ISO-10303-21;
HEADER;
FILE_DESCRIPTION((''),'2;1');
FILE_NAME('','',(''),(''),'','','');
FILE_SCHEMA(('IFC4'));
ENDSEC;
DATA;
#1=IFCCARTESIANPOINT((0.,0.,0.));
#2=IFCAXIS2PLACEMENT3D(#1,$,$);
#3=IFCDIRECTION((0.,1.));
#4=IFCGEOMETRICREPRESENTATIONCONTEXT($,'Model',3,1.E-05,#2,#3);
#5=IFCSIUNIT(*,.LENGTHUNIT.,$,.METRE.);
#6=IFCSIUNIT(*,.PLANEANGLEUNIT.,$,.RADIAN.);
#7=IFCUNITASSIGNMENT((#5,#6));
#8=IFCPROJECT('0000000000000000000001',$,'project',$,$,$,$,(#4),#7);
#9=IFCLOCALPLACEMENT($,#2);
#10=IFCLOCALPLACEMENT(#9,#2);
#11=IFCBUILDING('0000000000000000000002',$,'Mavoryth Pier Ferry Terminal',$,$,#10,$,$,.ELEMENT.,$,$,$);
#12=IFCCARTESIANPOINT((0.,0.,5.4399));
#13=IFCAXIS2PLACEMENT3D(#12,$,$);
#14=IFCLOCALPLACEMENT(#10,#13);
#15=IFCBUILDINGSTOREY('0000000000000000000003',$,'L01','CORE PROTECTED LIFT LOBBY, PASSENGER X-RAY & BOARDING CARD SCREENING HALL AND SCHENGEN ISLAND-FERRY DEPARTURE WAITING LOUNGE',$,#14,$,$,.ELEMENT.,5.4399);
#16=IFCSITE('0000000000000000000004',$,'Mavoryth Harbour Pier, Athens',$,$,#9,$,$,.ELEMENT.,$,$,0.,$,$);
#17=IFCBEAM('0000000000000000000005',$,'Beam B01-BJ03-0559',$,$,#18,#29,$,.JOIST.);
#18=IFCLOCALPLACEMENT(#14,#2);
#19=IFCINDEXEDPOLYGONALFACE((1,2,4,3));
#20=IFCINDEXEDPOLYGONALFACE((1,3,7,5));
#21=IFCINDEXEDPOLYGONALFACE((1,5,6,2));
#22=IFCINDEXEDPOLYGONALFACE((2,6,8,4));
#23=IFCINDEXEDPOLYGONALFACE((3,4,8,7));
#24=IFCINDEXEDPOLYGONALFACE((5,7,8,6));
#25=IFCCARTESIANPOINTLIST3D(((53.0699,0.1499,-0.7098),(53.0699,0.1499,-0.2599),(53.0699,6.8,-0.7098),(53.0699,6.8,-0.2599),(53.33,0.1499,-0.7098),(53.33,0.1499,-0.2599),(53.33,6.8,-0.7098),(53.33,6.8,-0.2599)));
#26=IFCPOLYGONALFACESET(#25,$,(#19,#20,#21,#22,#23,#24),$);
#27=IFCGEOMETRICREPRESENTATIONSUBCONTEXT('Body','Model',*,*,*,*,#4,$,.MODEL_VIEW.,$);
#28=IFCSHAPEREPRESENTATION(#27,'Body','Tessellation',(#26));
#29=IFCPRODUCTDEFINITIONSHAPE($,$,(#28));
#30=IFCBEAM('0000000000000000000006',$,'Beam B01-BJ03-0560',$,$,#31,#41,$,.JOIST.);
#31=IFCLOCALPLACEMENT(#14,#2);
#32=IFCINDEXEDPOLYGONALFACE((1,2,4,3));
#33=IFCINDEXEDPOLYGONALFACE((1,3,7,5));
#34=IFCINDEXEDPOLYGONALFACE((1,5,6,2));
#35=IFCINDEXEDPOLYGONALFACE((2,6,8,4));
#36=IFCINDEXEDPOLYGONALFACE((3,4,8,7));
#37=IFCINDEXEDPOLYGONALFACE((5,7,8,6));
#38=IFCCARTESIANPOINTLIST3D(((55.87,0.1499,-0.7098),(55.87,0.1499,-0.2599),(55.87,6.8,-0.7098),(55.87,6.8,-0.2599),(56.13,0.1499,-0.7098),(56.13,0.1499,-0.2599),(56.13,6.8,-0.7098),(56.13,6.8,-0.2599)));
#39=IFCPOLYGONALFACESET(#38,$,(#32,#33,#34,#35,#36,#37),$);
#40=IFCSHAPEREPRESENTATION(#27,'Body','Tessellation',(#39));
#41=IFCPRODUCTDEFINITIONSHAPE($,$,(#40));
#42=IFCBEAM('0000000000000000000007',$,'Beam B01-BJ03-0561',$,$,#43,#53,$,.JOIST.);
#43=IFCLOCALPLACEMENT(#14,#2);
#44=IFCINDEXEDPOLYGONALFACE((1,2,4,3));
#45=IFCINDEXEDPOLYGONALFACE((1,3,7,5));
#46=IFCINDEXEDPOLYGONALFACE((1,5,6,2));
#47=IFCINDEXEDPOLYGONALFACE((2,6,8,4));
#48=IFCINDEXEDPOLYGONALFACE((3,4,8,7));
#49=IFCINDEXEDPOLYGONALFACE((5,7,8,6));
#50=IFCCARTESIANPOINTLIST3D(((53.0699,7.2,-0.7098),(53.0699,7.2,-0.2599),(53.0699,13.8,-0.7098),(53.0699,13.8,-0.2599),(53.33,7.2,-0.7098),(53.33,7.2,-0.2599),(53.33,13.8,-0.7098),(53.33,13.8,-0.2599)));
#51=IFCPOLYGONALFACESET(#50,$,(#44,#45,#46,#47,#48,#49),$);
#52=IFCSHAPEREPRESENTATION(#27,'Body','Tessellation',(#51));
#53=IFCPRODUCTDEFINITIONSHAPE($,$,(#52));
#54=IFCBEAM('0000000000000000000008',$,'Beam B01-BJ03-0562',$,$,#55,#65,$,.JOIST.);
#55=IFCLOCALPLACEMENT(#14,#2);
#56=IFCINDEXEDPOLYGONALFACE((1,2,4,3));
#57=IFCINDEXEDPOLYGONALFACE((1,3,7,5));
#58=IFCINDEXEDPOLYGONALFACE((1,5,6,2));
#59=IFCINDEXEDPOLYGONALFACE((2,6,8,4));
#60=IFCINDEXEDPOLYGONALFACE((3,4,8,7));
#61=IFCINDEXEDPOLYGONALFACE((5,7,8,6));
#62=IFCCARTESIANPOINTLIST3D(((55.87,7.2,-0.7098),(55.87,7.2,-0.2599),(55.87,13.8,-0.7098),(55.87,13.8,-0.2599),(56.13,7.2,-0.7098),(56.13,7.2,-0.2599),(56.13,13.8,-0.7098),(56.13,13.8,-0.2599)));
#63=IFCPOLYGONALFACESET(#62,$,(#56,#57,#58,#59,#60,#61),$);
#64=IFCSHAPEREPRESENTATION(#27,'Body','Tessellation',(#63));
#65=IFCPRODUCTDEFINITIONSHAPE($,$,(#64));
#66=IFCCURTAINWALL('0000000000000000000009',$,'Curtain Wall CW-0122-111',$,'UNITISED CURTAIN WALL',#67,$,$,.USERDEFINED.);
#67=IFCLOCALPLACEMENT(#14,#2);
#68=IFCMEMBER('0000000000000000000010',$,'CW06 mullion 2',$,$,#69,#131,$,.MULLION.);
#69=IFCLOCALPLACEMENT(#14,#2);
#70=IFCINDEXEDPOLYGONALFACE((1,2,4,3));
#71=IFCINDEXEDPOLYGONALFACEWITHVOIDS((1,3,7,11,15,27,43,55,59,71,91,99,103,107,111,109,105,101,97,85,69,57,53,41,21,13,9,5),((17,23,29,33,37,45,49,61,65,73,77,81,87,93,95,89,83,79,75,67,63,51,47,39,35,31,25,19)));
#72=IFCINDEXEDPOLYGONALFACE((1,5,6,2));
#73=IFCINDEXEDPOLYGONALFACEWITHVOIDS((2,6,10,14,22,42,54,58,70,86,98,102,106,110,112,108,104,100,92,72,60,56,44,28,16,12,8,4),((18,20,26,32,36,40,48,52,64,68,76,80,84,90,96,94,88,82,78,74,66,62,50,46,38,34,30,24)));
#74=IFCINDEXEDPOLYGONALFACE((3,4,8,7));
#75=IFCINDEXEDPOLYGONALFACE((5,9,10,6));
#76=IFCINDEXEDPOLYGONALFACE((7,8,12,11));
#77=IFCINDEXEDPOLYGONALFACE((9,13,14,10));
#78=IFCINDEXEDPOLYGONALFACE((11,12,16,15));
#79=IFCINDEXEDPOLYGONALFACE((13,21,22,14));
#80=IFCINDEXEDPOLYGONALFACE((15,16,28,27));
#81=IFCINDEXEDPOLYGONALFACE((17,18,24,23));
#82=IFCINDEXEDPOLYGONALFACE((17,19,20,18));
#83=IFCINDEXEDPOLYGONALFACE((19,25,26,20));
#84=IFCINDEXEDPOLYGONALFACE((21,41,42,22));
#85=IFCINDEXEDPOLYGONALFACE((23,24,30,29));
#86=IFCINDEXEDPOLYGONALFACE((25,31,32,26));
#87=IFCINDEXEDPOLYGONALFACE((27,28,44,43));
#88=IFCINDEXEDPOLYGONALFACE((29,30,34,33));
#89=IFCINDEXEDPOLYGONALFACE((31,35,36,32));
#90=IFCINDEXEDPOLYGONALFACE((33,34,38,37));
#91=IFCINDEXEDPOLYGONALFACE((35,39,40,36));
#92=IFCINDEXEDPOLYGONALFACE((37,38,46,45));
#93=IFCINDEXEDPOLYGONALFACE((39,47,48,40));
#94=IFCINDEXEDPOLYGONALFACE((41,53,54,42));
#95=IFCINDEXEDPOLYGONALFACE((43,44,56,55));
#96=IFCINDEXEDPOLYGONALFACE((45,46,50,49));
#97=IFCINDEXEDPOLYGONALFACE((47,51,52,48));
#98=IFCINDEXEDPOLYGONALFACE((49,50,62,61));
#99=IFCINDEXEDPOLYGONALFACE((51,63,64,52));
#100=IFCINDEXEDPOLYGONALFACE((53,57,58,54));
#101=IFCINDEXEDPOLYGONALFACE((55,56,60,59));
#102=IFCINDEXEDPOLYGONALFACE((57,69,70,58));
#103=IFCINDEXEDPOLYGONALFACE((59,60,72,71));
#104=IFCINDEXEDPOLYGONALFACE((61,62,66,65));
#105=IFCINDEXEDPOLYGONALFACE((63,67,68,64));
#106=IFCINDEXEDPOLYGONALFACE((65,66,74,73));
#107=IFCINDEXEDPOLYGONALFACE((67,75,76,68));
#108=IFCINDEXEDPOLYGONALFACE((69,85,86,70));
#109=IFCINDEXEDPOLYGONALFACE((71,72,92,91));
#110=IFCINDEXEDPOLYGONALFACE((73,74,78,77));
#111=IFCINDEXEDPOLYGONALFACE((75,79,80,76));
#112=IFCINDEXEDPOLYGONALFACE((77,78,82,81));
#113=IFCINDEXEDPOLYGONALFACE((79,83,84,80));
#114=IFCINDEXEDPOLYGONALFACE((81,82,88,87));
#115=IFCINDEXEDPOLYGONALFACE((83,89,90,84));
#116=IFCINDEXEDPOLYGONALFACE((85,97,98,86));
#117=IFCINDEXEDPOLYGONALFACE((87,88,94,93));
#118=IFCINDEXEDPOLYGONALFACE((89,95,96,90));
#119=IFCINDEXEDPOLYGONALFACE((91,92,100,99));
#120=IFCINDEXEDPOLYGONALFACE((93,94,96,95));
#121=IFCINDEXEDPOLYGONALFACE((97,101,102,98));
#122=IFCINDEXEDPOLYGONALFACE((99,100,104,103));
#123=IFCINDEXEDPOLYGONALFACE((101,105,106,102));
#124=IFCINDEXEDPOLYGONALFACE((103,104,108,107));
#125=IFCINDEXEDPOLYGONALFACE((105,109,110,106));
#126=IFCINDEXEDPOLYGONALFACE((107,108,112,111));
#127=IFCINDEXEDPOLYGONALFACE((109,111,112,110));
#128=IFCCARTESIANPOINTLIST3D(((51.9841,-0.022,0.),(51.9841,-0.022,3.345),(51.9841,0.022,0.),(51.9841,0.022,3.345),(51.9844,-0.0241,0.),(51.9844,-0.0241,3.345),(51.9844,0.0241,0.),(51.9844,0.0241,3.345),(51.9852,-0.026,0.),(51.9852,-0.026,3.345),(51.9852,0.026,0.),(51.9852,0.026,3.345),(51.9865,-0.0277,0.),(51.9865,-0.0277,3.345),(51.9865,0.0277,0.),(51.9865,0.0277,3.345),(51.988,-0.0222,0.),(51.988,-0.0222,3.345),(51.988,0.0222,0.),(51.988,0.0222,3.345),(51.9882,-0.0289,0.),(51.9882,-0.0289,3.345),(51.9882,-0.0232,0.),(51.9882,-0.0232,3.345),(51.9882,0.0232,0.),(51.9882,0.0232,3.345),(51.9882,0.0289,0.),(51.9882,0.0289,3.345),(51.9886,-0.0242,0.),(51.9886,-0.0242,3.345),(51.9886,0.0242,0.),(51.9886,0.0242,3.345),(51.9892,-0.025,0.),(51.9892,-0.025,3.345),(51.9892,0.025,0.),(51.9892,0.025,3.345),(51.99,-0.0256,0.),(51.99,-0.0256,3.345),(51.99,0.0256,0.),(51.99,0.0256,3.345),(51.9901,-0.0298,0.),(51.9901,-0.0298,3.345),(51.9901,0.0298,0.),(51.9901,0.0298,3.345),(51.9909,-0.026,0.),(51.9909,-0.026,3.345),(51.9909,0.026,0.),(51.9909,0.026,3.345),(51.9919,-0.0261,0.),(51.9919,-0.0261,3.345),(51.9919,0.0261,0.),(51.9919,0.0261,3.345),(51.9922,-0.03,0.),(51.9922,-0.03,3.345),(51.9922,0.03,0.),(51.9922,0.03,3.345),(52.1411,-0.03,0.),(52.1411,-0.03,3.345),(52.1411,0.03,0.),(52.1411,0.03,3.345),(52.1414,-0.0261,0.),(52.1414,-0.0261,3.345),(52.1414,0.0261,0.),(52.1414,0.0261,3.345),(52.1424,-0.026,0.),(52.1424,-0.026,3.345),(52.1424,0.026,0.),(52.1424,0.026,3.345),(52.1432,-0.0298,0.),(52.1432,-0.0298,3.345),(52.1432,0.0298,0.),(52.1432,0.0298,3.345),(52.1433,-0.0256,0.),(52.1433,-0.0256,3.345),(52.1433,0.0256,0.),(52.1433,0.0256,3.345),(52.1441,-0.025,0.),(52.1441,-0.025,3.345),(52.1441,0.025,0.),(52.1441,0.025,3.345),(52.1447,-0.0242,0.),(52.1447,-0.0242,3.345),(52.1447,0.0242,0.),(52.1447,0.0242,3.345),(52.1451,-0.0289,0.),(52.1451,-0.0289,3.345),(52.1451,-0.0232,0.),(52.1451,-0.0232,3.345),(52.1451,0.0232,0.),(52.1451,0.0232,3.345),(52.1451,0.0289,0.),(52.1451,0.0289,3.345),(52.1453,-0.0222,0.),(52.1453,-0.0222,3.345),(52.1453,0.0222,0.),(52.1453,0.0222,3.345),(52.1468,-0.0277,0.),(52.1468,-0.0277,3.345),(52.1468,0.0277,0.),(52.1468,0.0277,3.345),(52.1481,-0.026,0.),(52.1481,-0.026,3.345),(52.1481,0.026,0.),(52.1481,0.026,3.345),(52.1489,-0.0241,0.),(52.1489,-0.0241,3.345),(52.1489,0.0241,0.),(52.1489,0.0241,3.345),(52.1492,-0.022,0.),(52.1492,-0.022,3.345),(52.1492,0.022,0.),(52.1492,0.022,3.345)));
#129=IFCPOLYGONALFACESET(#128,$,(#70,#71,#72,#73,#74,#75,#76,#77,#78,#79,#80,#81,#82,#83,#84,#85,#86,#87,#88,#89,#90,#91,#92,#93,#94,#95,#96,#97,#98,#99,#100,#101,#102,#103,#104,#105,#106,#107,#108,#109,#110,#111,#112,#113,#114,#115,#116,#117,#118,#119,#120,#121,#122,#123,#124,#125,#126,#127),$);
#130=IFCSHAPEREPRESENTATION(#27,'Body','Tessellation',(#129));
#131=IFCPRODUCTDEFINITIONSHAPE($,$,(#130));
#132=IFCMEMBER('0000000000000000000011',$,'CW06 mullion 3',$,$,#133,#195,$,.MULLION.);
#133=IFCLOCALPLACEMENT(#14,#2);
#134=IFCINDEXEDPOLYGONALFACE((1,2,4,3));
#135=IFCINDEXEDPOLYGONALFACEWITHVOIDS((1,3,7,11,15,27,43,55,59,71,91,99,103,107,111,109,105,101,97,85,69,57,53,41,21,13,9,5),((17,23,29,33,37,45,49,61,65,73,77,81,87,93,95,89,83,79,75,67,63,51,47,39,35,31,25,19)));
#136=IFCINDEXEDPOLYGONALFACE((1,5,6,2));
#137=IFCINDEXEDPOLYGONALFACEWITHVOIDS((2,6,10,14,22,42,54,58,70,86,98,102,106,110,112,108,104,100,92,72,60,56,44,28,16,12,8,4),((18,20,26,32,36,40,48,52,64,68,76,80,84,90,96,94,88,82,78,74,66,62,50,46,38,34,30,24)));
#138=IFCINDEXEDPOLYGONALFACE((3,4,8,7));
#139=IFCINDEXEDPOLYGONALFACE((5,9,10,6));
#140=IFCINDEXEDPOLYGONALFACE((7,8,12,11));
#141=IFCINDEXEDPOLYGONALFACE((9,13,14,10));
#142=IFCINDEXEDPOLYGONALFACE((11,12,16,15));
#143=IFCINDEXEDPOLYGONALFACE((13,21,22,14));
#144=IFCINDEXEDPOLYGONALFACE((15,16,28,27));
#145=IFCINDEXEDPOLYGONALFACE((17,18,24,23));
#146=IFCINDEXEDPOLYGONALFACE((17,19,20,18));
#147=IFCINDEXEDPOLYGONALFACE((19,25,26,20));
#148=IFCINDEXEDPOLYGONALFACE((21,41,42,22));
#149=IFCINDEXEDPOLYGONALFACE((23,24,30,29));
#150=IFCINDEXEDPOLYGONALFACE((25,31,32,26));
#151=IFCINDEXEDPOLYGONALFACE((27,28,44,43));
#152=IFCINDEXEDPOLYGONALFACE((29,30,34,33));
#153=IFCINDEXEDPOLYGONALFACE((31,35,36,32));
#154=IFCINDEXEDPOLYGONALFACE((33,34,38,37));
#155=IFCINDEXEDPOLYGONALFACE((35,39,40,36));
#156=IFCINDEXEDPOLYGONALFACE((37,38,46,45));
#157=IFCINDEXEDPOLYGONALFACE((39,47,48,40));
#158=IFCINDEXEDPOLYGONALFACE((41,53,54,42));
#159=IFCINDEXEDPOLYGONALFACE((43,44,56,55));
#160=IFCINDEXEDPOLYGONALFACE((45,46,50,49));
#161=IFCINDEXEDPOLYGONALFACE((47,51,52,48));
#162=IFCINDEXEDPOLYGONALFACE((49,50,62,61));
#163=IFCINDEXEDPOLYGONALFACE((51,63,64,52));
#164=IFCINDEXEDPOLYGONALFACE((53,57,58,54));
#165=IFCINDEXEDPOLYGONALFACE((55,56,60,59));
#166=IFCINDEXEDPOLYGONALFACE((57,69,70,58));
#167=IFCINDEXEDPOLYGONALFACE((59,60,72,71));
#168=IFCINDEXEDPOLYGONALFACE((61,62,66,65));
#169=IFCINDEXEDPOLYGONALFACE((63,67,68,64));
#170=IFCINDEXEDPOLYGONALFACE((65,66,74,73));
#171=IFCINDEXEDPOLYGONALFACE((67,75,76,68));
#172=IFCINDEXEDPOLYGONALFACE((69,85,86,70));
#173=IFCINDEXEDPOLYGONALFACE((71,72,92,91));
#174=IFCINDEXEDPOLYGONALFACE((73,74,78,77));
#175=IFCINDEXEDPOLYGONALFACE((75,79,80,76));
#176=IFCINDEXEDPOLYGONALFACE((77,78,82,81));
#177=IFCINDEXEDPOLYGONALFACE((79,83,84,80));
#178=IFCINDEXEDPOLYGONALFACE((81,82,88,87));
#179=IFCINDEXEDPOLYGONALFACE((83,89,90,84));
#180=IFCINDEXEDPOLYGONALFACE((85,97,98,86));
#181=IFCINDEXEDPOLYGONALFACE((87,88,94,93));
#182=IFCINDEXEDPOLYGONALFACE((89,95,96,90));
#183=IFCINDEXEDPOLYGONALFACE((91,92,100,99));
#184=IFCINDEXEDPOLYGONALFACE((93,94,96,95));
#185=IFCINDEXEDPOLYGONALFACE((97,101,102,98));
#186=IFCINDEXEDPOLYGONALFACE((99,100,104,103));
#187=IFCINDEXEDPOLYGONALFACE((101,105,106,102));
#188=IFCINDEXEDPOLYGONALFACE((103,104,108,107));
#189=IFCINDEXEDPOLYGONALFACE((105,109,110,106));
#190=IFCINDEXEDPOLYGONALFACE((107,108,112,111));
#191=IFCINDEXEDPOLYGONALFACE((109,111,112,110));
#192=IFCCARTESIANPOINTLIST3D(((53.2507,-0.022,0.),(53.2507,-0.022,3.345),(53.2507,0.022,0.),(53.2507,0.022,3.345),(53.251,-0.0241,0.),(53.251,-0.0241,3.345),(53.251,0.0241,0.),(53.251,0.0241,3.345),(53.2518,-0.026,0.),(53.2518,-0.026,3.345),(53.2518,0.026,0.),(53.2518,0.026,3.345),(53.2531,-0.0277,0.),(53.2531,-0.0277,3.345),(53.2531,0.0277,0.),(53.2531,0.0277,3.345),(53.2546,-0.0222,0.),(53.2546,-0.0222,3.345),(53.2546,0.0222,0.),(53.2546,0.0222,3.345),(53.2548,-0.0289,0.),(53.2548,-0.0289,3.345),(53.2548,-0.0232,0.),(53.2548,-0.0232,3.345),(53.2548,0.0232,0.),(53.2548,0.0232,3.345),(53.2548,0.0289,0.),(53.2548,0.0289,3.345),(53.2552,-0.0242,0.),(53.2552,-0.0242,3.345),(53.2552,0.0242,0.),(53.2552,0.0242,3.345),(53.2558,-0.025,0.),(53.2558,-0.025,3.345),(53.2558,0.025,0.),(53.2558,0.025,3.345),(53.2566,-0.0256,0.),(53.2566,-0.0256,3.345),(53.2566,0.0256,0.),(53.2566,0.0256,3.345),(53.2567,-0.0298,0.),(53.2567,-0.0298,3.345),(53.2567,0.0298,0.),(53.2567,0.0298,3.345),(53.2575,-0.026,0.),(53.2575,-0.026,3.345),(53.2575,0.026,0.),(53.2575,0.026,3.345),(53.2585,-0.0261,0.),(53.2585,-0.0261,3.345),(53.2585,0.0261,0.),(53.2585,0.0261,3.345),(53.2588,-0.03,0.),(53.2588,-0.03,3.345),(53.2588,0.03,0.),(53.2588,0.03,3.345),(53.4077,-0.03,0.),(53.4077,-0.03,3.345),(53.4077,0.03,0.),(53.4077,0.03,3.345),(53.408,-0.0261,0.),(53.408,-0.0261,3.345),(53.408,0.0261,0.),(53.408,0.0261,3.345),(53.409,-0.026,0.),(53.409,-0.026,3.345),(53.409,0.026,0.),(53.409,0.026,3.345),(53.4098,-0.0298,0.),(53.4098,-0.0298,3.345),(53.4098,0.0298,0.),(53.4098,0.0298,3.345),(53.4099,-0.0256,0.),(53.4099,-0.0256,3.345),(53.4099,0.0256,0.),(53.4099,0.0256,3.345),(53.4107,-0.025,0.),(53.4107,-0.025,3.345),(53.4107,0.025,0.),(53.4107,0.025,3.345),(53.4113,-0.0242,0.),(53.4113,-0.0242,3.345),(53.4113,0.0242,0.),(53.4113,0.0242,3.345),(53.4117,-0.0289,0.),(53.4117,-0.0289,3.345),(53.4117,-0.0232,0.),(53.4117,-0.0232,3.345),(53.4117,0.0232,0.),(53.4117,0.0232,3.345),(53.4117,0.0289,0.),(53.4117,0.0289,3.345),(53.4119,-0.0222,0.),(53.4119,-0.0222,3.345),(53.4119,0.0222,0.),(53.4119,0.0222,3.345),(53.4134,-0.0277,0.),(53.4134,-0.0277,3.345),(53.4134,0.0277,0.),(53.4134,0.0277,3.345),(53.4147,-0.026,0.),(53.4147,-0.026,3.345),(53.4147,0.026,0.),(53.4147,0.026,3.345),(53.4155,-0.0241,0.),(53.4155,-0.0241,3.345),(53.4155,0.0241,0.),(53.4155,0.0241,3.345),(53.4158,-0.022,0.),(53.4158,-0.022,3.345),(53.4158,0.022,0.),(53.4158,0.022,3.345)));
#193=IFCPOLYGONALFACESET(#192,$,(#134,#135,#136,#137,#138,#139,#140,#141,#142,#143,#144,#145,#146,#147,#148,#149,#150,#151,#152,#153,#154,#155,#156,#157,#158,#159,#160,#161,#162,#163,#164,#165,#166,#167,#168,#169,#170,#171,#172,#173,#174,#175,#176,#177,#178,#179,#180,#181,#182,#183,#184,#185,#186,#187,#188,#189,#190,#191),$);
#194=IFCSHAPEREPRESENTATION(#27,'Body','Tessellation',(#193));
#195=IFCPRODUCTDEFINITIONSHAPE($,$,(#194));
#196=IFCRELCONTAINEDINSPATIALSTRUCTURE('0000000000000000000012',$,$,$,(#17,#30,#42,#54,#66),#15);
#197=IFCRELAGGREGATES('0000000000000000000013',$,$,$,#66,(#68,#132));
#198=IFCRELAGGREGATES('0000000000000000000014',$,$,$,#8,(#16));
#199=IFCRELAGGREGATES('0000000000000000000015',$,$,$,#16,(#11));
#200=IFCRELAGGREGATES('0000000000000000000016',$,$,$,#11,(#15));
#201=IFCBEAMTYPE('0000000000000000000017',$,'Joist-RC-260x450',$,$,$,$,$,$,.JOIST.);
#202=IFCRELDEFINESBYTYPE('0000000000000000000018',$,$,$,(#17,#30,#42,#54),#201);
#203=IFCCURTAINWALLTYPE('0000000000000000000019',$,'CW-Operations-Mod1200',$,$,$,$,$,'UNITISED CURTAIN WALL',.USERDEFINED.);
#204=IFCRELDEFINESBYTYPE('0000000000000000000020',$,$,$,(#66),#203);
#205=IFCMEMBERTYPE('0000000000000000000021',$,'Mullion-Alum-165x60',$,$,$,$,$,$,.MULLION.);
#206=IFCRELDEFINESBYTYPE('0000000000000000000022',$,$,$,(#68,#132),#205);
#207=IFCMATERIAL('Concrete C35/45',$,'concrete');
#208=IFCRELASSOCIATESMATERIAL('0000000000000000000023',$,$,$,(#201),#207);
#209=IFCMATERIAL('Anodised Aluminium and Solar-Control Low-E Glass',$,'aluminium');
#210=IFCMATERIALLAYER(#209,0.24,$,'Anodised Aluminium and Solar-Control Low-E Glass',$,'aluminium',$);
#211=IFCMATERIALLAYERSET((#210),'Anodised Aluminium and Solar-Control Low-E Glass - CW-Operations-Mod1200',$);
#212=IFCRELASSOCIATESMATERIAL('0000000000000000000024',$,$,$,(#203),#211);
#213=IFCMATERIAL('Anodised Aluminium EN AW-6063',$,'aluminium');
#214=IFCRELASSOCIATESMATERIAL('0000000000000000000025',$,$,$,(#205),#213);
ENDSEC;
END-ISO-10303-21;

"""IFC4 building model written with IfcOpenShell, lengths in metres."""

from ifc_helpers import new_model, si_unit, direction, frame, origin, origin_2d, place, context, subcontext, project, spatial, rectangle, hollow_rectangle, extrude, material, layer, layer_set, material_profile, profile_set, type_object, element, aggregate, save


model = new_model("IFC4")

# Units and contexts
model_context = context("Model", 3, precision=1e-05, world=origin(), true_north=direction((0.0, 1.0)))
body_context = subcontext(model_context, "Body", "Model", "MODEL_VIEW")
ifc_project = project(units=[si_unit("LENGTHUNIT", "METRE"), si_unit("PLANEANGLEUNIT", "RADIAN")], contexts=[model_context])

# Site, building, storey
site_placement = place(None, origin())
site = spatial("IfcSite", under=ifc_project, at=site_placement, Name="Mavoryth Harbour Pier, Athens", CompositionType="ELEMENT", RefElevation=0.0)
building_placement = place(site_placement, origin())
building = spatial("IfcBuilding", under=site, at=building_placement, Name="Mavoryth Pier Ferry Terminal", CompositionType="ELEMENT")
storey_placement = place(building_placement, frame((0.0, 0.0, 5.4399)))
storey = spatial("IfcBuildingStorey", under=building, at=storey_placement, Name="L01", Description="CORE PROTECTED LIFT LOBBY, PASSENGER X-RAY & BOARDING CARD SCREENING HALL AND SCHENGEN ISLAND-FERRY DEPARTURE WAITING LOUNGE", CompositionType="ELEMENT", Elevation=5.4399)

# Beams
ifc_material_1 = material(Name="Concrete C35/45", Category="concrete")
ifc_material_profile_1 = material_profile(ifc_material_1, rectangle(XDim=0.26, YDim=0.45, at=origin_2d()), Name="RC 260x450", Category="concrete")
ifc_profile_set_1 = profile_set([ifc_material_profile_1], Name="Concrete C35/45 - RC 260x450")
beam_type = type_object("IfcBeamType", Name="Joist-RC-260x450", PredefinedType="JOIST", material=ifc_profile_set_1)
for number, where, z_axis, x_axis, name in (
    (1, (53.2, 0.1499, -0.4849), (0.0, 1.0, 0.0), (-1.0, 0.0, 0.0), "Beam B01-BJ03-0559"),
    (2, (56.0, 0.1499, -0.4849), (0.0, 1.0, 0.0), (-1.0, 0.0, 0.0), "Beam B01-BJ03-0560"),
):
    element("IfcBeam", number, at=place(storey_placement, frame(where, z_axis=z_axis, x_axis=x_axis)), inside=storey, type_object=beam_type, Name=name, PredefinedType="JOIST", context=body_context, shape_type="SweptSolid", body=[
        extrude(rectangle(XDim=0.26, YDim=0.45, at=origin_2d()), origin(), (0.0, 0.0, 1.0), 6.6501),
    ])
for number, where, z_axis, x_axis, name in (
    (3, (53.2, 7.2, -0.4849), (0.0, 1.0, 0.0), (-1.0, 0.0, 0.0), "Beam B01-BJ03-0561"),
    (4, (56.0, 7.2, -0.4849), (0.0, 1.0, 0.0), (-1.0, 0.0, 0.0), "Beam B01-BJ03-0562"),
):
    element("IfcBeam", number, at=place(storey_placement, frame(where, z_axis=z_axis, x_axis=x_axis)), inside=storey, type_object=beam_type, Name=name, PredefinedType="JOIST", context=body_context, shape_type="SweptSolid", body=[
        extrude(rectangle(XDim=0.26, YDim=0.45, at=origin_2d()), origin(), (0.0, 0.0, 1.0), 6.6001),
    ])

# Curtain wall, members
ifc_material_2 = material(Name="Anodised Aluminium and Solar-Control Low-E Glass", Category="aluminium")
ifc_layer_1 = layer(ifc_material_2, 0.24, Name="Anodised Aluminium and Solar-Control Low-E Glass", Category="aluminium")
ifc_layer_set_1 = layer_set([ifc_layer_1], Name="Anodised Aluminium and Solar-Control Low-E Glass - CW-Operations-Mod1200")
curtain_wall_type = type_object("IfcCurtainWallType", Name="CW-Operations-Mod1200", ElementType="UNITISED CURTAIN WALL", PredefinedType="USERDEFINED", material=ifc_layer_set_1)
curtain_wall_placement = place(storey_placement, origin())
curtain_wall = element("IfcCurtainWall", 5, at=curtain_wall_placement, inside=storey, type_object=curtain_wall_type, Name="Curtain Wall CW-0122-111", ObjectType="UNITISED CURTAIN WALL", PredefinedType="USERDEFINED")
ifc_material_3 = material(Name="Anodised Aluminium EN AW-6063", Category="aluminium")
ifc_material_profile_2 = material_profile(ifc_material_3, hollow_rectangle(XDim=0.0601, YDim=0.165, WallThickness=0.0039, InnerFilletRadius=0.0039, OuterFilletRadius=0.0081, at=origin_2d()), Name="AL-MULL 165x60x4", Category="aluminium")
ifc_profile_set_2 = profile_set([ifc_material_profile_2], Name="Anodised Aluminium EN AW-6063 - AL-MULL 165x60x4")
member_type_1 = type_object("IfcMemberType", Name="Mullion-Alum-165x60", PredefinedType="MULLION", material=ifc_profile_set_2)
member_1_placement = place(storey_placement, frame((52.0667, 0.0, 0.0), z_axis=(0.0, 0.0, 1.0), x_axis=(0.0, 1.0, 0.0)))
member_1 = element("IfcMember", 6, at=member_1_placement, type_object=member_type_1, Name="CW06 mullion 2", PredefinedType="MULLION", context=body_context, shape_type="SweptSolid", body=[
    extrude(hollow_rectangle(XDim=0.0601, YDim=0.165, WallThickness=0.0039, InnerFilletRadius=0.0039, OuterFilletRadius=0.0081, at=origin_2d()), origin(), (0.0, 0.0, 1.0), 3.345),
])
member_2_placement = place(storey_placement, frame((53.3333, 0.0, 0.0), z_axis=(0.0, 0.0, 1.0), x_axis=(0.0, 1.0, 0.0)))
member_2 = element("IfcMember", 7, at=member_2_placement, type_object=member_type_1, Name="CW06 mullion 3", PredefinedType="MULLION", context=body_context, shape_type="SweptSolid", body=[
    extrude(hollow_rectangle(XDim=0.0601, YDim=0.165, WallThickness=0.0039, InnerFilletRadius=0.0039, OuterFilletRadius=0.0081, at=origin_2d()), origin(), (0.0, 0.0, 1.0), 3.345),
])
aggregate(curtain_wall, [member_1, member_2])

save(model, "model.ifc")
